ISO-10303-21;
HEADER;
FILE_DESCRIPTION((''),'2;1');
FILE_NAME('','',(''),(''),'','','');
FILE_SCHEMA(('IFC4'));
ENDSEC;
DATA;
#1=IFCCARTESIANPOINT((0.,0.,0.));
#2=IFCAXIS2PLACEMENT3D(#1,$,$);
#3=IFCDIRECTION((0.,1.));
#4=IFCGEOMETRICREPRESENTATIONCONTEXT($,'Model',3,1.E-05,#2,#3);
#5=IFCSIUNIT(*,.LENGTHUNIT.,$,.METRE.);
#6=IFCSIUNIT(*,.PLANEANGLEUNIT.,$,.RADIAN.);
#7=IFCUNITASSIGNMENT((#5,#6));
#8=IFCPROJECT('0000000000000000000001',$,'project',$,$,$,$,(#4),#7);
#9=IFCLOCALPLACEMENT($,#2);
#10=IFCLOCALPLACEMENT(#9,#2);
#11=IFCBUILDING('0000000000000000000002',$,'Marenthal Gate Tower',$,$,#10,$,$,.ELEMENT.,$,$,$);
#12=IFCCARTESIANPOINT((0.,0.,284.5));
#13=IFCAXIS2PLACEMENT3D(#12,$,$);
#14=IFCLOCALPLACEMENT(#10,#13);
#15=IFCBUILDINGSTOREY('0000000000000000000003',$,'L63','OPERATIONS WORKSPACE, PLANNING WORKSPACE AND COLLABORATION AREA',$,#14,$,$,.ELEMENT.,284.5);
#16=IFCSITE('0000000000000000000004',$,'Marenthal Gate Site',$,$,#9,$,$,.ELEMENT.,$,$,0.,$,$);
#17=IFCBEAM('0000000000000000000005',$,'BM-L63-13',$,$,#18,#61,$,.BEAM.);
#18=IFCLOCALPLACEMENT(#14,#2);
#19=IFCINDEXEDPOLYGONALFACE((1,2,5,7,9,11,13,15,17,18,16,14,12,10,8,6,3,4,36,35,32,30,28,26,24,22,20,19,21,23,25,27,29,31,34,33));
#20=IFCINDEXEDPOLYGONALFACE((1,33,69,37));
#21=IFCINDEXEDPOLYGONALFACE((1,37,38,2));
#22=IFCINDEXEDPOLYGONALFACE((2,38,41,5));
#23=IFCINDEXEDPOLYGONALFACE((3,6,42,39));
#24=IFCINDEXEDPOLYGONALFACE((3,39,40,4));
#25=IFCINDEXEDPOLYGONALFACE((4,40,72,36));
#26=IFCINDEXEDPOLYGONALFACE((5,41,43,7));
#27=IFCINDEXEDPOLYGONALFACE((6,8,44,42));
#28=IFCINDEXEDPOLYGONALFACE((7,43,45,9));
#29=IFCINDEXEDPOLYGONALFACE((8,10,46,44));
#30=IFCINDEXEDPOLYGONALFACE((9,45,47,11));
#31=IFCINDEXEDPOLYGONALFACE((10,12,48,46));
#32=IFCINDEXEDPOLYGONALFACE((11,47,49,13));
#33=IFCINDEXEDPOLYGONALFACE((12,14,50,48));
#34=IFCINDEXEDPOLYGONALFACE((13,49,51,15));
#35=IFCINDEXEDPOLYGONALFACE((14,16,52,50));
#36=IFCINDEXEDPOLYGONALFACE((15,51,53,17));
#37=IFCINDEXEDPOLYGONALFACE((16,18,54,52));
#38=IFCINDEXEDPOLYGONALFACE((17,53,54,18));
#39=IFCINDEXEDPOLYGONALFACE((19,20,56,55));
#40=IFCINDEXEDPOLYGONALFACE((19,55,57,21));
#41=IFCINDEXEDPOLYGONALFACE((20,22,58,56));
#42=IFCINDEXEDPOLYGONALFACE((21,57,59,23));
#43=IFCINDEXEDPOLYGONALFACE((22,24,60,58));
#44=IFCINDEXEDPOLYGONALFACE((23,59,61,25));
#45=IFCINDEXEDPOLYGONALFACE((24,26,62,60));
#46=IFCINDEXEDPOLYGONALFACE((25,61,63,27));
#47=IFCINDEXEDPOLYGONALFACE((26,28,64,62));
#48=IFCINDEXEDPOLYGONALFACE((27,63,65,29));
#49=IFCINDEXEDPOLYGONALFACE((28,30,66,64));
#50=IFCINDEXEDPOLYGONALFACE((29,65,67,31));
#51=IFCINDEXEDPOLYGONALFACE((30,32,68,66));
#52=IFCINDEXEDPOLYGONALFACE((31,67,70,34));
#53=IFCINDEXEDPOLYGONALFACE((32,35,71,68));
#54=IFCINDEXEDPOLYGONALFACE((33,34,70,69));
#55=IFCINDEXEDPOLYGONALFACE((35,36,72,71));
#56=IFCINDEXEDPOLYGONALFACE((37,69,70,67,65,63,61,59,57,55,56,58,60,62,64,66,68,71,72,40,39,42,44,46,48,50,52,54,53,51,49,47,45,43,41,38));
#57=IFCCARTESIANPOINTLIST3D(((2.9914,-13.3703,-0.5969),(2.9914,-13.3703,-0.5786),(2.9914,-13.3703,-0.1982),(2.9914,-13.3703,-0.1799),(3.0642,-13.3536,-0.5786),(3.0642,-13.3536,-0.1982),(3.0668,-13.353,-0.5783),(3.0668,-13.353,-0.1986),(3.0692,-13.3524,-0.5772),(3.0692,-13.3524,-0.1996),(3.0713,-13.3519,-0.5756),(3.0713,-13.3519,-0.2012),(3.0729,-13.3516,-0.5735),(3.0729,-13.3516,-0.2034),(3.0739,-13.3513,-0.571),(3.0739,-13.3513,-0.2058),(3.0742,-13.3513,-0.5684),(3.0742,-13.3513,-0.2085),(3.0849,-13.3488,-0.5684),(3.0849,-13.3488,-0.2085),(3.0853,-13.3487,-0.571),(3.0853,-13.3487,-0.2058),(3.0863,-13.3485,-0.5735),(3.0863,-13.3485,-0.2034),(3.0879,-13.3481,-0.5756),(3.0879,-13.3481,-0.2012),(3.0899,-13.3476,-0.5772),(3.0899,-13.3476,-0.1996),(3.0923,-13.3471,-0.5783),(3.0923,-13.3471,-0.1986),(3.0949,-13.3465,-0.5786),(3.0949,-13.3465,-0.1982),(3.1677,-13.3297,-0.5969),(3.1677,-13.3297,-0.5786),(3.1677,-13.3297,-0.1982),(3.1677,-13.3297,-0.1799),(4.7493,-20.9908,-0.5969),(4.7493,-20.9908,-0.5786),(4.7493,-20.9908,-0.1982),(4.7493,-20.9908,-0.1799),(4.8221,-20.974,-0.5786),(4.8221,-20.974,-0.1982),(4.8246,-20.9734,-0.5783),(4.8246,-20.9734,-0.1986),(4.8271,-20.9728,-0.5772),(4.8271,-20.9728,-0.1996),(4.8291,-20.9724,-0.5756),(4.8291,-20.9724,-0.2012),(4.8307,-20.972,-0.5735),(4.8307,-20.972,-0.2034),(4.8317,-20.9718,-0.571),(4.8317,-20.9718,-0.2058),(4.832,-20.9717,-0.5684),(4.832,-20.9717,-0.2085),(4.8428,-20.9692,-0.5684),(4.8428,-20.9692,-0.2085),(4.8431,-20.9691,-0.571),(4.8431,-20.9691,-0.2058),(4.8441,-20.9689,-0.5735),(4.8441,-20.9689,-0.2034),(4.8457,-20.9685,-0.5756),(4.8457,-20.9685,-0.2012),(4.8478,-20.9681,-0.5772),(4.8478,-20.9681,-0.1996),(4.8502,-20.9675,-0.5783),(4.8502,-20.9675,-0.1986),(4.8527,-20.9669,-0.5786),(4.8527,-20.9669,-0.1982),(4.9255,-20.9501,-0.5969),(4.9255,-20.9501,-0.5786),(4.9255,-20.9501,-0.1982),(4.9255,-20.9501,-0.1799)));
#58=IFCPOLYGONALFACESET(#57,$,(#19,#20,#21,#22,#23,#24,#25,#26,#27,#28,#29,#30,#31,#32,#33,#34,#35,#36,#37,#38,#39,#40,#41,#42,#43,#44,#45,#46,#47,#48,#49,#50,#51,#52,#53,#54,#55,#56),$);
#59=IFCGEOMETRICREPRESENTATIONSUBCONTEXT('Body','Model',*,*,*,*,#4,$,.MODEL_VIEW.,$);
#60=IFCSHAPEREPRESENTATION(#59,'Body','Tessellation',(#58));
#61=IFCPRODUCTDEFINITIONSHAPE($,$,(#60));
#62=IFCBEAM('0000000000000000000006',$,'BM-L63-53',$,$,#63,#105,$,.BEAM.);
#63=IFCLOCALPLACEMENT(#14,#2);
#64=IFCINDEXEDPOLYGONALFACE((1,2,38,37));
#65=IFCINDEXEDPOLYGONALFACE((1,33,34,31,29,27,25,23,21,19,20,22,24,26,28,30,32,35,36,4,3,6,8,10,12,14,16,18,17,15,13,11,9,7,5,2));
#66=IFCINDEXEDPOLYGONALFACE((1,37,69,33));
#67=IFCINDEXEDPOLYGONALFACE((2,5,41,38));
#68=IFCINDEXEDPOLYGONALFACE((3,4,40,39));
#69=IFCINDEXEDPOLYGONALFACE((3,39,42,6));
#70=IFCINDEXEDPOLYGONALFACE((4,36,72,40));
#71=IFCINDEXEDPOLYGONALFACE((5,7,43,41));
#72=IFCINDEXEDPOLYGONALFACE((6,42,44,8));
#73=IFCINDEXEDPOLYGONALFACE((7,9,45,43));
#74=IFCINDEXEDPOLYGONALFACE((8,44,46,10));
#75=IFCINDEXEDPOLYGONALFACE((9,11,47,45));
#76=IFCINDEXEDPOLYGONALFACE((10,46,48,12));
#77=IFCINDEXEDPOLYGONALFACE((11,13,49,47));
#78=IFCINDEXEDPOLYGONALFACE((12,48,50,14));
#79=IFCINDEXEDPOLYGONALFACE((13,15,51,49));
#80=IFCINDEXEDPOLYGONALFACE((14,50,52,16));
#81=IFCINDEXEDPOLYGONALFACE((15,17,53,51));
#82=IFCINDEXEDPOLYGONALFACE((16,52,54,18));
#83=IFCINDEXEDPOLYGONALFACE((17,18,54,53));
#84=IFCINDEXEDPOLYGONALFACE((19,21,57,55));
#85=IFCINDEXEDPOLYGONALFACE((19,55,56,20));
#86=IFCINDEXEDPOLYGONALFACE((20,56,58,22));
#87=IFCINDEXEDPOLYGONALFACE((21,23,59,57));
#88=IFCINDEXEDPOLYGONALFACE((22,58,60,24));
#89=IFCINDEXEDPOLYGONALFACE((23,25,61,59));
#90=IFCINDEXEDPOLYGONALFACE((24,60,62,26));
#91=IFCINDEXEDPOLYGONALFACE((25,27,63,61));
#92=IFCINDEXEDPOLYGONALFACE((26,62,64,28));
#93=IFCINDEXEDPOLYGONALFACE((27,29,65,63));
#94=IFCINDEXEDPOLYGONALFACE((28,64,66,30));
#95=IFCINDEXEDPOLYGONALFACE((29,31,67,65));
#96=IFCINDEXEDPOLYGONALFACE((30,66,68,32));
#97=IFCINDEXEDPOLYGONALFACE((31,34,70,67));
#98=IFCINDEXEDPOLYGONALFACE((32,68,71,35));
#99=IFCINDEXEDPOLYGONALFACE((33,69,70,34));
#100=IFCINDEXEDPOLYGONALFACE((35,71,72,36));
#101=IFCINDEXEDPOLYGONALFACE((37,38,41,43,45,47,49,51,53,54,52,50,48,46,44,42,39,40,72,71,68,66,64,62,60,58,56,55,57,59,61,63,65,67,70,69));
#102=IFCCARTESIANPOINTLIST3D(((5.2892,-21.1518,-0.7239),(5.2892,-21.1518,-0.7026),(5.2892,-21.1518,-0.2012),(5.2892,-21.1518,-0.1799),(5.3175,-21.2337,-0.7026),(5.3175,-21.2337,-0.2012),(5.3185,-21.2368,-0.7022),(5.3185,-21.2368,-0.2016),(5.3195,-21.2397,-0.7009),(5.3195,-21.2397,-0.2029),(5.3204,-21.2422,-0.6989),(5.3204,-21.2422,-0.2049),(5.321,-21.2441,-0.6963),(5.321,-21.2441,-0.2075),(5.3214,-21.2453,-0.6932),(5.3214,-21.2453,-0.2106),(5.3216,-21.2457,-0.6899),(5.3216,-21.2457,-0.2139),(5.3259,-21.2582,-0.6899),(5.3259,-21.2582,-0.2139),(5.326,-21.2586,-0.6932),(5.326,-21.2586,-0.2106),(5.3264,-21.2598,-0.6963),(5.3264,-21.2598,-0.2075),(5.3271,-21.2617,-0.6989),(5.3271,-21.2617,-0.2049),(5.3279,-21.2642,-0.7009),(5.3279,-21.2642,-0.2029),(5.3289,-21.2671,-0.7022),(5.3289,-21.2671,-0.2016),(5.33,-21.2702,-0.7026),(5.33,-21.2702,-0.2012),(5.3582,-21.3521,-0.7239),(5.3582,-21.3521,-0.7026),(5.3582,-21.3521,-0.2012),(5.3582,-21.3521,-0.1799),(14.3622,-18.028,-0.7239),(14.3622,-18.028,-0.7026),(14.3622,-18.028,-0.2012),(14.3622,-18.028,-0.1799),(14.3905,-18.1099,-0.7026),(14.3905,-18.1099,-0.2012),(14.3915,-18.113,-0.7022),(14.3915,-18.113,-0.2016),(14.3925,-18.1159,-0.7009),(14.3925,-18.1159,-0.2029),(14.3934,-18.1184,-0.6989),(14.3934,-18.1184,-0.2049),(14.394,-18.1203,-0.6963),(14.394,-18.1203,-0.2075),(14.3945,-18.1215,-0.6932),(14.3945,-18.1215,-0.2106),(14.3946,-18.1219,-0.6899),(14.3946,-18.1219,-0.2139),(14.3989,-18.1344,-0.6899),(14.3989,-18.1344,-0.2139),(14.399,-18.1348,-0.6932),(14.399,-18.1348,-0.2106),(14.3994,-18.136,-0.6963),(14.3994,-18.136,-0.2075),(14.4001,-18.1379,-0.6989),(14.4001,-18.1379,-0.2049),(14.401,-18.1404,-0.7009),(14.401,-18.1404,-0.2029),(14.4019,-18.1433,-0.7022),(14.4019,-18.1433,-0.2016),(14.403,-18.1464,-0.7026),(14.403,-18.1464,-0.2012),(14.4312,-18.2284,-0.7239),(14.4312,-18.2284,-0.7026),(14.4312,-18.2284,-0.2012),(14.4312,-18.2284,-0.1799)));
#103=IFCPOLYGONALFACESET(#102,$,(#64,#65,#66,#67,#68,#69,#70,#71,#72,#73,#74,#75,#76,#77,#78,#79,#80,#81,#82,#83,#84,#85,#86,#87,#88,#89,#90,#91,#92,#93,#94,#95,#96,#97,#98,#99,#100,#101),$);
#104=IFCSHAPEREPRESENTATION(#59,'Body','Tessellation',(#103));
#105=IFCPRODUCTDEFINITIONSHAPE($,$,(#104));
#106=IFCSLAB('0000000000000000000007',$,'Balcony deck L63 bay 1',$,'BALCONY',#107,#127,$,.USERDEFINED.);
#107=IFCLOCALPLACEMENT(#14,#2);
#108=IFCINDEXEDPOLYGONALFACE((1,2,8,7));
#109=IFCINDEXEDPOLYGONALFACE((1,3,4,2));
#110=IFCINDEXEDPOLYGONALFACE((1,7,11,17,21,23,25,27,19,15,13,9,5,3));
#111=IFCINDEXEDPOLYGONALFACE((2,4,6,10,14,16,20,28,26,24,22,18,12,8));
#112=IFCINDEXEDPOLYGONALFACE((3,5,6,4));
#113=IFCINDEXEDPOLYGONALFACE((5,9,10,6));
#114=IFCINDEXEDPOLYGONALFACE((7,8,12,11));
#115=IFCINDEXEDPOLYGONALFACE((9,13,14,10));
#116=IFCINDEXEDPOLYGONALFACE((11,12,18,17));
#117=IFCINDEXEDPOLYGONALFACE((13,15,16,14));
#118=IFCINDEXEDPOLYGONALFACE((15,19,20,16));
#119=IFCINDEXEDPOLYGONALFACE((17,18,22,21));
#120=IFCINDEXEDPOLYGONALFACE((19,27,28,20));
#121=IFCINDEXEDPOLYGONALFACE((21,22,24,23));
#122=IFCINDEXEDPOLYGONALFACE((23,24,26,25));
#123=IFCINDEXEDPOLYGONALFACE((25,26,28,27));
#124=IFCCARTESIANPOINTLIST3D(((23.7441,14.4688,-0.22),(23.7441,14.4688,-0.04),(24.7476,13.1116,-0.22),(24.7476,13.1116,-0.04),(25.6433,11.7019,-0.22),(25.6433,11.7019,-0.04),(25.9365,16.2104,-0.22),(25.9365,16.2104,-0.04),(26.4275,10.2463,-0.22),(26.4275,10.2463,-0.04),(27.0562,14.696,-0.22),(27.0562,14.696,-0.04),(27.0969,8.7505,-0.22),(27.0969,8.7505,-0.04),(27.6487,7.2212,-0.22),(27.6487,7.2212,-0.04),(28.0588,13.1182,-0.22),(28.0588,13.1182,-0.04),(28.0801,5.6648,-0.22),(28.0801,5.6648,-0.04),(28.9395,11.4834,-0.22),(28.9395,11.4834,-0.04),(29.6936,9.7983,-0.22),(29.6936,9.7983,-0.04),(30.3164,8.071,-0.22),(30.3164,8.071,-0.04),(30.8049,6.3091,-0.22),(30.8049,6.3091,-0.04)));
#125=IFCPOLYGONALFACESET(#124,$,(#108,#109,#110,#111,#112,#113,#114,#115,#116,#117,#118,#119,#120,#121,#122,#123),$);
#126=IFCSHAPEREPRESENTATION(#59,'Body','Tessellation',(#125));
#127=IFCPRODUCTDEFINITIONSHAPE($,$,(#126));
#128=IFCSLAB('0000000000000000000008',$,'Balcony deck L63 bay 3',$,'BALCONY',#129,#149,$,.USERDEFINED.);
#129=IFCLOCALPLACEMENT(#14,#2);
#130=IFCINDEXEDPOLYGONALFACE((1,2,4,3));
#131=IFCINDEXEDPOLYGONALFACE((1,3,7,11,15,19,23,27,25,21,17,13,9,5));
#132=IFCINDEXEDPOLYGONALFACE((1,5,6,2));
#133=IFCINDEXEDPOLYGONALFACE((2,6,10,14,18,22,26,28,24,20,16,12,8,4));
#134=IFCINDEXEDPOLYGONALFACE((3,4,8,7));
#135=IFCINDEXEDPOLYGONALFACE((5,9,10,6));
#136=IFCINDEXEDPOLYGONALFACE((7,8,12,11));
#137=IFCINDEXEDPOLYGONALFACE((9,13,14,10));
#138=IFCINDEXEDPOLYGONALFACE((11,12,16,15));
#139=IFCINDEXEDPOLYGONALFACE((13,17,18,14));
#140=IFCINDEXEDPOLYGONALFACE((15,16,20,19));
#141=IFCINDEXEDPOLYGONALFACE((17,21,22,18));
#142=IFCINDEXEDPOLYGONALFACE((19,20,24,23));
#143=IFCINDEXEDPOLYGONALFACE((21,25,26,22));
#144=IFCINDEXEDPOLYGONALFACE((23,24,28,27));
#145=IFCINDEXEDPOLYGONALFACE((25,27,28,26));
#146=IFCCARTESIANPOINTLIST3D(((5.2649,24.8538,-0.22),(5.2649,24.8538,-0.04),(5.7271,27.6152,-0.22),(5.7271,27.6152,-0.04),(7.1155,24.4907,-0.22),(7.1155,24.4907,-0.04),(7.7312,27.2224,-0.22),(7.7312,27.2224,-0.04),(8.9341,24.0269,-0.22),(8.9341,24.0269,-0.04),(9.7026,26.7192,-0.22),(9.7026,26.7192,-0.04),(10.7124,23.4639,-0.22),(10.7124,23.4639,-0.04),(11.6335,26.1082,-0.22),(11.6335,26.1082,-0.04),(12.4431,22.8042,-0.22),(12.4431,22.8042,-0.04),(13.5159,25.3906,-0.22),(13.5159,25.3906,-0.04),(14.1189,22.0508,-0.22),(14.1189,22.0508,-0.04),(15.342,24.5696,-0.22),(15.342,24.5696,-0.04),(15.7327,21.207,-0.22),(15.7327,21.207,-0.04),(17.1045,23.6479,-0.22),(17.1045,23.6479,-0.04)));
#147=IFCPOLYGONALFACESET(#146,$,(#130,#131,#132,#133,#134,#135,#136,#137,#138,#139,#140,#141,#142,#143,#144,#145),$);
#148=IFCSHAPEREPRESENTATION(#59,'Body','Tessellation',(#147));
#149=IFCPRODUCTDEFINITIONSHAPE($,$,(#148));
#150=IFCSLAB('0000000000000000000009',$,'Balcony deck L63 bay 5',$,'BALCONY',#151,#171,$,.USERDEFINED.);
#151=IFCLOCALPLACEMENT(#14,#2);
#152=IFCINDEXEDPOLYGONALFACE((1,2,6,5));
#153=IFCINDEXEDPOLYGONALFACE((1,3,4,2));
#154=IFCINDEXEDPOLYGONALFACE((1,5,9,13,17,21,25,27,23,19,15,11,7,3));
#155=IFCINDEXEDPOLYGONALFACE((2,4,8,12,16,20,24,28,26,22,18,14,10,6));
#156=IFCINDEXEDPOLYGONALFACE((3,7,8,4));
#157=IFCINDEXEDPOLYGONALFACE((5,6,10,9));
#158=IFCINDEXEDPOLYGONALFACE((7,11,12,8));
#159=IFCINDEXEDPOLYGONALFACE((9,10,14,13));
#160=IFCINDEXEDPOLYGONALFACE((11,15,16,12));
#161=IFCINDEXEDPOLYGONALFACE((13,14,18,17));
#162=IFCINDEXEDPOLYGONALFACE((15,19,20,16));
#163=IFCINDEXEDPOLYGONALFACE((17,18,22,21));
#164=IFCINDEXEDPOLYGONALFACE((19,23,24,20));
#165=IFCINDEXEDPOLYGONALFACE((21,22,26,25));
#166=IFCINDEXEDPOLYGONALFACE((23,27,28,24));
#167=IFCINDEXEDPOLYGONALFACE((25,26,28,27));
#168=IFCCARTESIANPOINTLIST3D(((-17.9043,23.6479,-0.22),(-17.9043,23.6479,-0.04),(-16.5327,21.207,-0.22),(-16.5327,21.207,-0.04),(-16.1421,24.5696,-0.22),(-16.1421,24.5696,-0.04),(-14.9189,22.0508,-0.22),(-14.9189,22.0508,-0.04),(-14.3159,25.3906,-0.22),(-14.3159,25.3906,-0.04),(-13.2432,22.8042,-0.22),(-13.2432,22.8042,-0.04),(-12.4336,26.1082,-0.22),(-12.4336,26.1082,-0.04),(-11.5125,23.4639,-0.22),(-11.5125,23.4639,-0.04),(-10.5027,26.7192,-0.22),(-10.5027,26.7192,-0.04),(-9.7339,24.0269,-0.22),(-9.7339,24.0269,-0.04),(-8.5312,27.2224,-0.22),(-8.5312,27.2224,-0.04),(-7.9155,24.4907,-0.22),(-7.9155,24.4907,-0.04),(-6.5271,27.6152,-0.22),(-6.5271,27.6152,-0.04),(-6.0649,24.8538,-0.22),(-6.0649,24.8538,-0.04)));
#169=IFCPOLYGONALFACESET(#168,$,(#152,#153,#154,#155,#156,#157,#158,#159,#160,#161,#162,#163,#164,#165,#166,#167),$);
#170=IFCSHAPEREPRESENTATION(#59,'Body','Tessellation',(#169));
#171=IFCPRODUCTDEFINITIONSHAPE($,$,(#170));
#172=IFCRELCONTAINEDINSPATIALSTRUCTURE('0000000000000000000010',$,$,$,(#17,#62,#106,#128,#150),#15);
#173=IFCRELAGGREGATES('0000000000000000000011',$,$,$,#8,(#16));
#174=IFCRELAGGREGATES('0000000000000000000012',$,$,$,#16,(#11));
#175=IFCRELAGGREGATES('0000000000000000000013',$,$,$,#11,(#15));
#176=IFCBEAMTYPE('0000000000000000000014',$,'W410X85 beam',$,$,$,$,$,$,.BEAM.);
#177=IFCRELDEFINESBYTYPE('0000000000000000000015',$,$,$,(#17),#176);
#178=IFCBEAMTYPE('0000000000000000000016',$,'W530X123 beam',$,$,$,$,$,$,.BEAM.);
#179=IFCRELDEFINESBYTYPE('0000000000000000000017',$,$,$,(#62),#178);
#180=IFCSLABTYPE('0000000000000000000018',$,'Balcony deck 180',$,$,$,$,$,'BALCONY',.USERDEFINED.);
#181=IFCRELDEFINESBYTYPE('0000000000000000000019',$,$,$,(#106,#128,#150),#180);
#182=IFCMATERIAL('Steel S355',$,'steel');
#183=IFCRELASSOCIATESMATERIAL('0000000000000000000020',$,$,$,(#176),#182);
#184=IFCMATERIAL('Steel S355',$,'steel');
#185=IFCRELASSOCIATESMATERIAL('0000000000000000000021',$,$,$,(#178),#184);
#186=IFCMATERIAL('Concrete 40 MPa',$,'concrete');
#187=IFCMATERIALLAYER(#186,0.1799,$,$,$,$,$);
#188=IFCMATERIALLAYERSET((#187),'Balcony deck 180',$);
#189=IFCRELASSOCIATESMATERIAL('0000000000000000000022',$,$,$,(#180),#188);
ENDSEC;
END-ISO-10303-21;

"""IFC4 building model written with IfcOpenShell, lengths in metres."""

from ifc_helpers import new_model, si_unit, direction, frame, origin, origin_2d, place, context, subcontext, project, spatial, polyline, i_section, outline, extrude, material, layer, layer_set, material_profile, profile_set, type_object, element, save


model = new_model("IFC4")

# Units and contexts
model_context = context("Model", 3, precision=1e-05, world=origin(), true_north=direction((0.0, 1.0)))
body_context = subcontext(model_context, "Body", "Model", "MODEL_VIEW")
ifc_project = project(units=[si_unit("LENGTHUNIT", "METRE"), si_unit("PLANEANGLEUNIT", "RADIAN")], contexts=[model_context])

# Site, building, storey
site_placement = place(None, origin())
site = spatial("IfcSite", under=ifc_project, at=site_placement, Name="Marenthal Gate Site", CompositionType="ELEMENT", RefElevation=0.0)
building_placement = place(site_placement, origin())
building = spatial("IfcBuilding", under=site, at=building_placement, Name="Marenthal Gate Tower", CompositionType="ELEMENT")
storey_placement = place(building_placement, frame((0.0, 0.0, 284.5)))
storey = spatial("IfcBuildingStorey", under=building, at=storey_placement, Name="L63", Description="OPERATIONS WORKSPACE, PLANNING WORKSPACE AND COLLABORATION AREA", CompositionType="ELEMENT", Elevation=284.5)

# Beams
ifc_material_1 = material(Name="Steel S355", Category="steel")
ifc_material_profile_1 = material_profile(ifc_material_1, i_section(OverallWidth=0.1809, OverallDepth=0.417, WebThickness=0.011, FlangeThickness=0.0183, FilletRadius=0.0103, at=origin_2d()), Name="W410X85")
ifc_profile_set_1 = profile_set([ifc_material_profile_1], Name="Steel S355")
beam_type_1 = type_object("IfcBeamType", Name="W410X85 beam", PredefinedType="BEAM", material=ifc_profile_set_1)
beam_1_placement = place(storey_placement, frame((4.8374, -20.9705, -0.3884), z_axis=(-0.224771, 0.974412, 0.0), x_axis=(-0.974412, -0.224771, 0.0)))
element("IfcBeam", 1, at=beam_1_placement, inside=storey, type_object=beam_type_1, Name="BM-L63-13", PredefinedType="BEAM", context=body_context, shape_type="SweptSolid", body=[
    extrude(i_section(OverallWidth=0.1809, OverallDepth=0.417, WebThickness=0.011, FlangeThickness=0.0183, FilletRadius=0.0103, at=origin_2d()), origin(), (0.0, 0.0, 1.0), 7.8206),
])
ifc_material_2 = material(Name="Steel S355", Category="steel")
ifc_material_profile_2 = material_profile(ifc_material_2, i_section(OverallWidth=0.2119, OverallDepth=0.5439, WebThickness=0.0132, FlangeThickness=0.0212, FilletRadius=0.0127, at=origin_2d()), Name="W530X123")
ifc_profile_set_2 = profile_set([ifc_material_profile_2], Name="Steel S355")
beam_type_2 = type_object("IfcBeamType", Name="W530X123 beam", PredefinedType="BEAM", material=ifc_profile_set_2)
beam_2_placement = place(storey_placement, frame((5.3237, -21.252, -0.4519), z_axis=(0.945528, 0.32554, 0.0), x_axis=(-0.32554, 0.945528, 0.0)))
element("IfcBeam", 2, at=beam_2_placement, inside=storey, type_object=beam_type_2, Name="BM-L63-53", PredefinedType="BEAM", context=body_context, shape_type="SweptSolid", body=[
    extrude(i_section(OverallWidth=0.2119, OverallDepth=0.5439, WebThickness=0.0132, FlangeThickness=0.0212, FilletRadius=0.0127, at=origin_2d()), origin(), (0.0, 0.0, 1.0), 9.5957),
])

# Slabs
ifc_material_3 = material(Name="Concrete 40 MPa", Category="concrete")
ifc_layer_1 = layer(ifc_material_3, 0.1799)
ifc_layer_set_1 = layer_set([ifc_layer_1], Name="Balcony deck 180")
slab_type_1 = type_object("IfcSlabType", Name="Balcony deck 180", ElementType="BALCONY", PredefinedType="USERDEFINED", material=ifc_layer_set_1)
slab_1_placement = place(storey_placement, frame((0.0, 0.0, -0.22)))
element("IfcSlab", 3, at=slab_1_placement, inside=storey, type_object=slab_type_1, Name="Balcony deck L63 bay 1", ObjectType="BALCONY", PredefinedType="USERDEFINED", context=body_context, shape_type="SweptSolid", body=[
    extrude(outline(polyline([(28.0801, 5.6648), (27.6487, 7.2212), (27.0969, 8.7505), (26.4275, 10.2463), (25.6433, 11.7019), (24.7476, 13.1116), (23.7441, 14.4688), (25.9365, 16.2104), (27.0562, 14.696), (28.0588, 13.1182), (28.9395, 11.4834), (29.6936, 9.7983), (30.3164, 8.071), (30.8049, 6.3091), (28.0801, 5.6648)])), origin(), (0.0, 0.0, 1.0), 0.1799),
])
slab_2_placement = place(storey_placement, frame((0.0, 0.0, -0.22)))
element("IfcSlab", 4, at=slab_2_placement, inside=storey, type_object=slab_type_1, Name="Balcony deck L63 bay 3", ObjectType="BALCONY", PredefinedType="USERDEFINED", context=body_context, shape_type="SweptSolid", body=[
    extrude(outline(polyline([(15.7327, 21.207), (14.1189, 22.0508), (12.4431, 22.8042), (10.7124, 23.4639), (8.9341, 24.0269), (7.1155, 24.4907), (5.2649, 24.8538), (5.7271, 27.6152), (7.7312, 27.2224), (9.7026, 26.7192), (11.6335, 26.1082), (13.5159, 25.3906), (15.342, 24.5696), (17.1045, 23.6479), (15.7327, 21.207)])), origin(), (0.0, 0.0, 1.0), 0.1799),
])
slab_3_placement = place(storey_placement, frame((0.0, 0.0, -0.22)))
element("IfcSlab", 5, at=slab_3_placement, inside=storey, type_object=slab_type_1, Name="Balcony deck L63 bay 5", ObjectType="BALCONY", PredefinedType="USERDEFINED", context=body_context, shape_type="SweptSolid", body=[
    extrude(outline(polyline([(-6.0649, 24.8538), (-7.9155, 24.4907), (-9.7339, 24.0269), (-11.5125, 23.4639), (-13.2432, 22.8042), (-14.9189, 22.0508), (-16.5327, 21.207), (-17.9043, 23.6479), (-16.1421, 24.5696), (-14.3159, 25.3906), (-12.4336, 26.1082), (-10.5027, 26.7192), (-8.5312, 27.2224), (-6.5271, 27.6152), (-6.0649, 24.8538)])), origin(), (0.0, 0.0, 1.0), 0.1799),
])

save(model, "model.ifc")
